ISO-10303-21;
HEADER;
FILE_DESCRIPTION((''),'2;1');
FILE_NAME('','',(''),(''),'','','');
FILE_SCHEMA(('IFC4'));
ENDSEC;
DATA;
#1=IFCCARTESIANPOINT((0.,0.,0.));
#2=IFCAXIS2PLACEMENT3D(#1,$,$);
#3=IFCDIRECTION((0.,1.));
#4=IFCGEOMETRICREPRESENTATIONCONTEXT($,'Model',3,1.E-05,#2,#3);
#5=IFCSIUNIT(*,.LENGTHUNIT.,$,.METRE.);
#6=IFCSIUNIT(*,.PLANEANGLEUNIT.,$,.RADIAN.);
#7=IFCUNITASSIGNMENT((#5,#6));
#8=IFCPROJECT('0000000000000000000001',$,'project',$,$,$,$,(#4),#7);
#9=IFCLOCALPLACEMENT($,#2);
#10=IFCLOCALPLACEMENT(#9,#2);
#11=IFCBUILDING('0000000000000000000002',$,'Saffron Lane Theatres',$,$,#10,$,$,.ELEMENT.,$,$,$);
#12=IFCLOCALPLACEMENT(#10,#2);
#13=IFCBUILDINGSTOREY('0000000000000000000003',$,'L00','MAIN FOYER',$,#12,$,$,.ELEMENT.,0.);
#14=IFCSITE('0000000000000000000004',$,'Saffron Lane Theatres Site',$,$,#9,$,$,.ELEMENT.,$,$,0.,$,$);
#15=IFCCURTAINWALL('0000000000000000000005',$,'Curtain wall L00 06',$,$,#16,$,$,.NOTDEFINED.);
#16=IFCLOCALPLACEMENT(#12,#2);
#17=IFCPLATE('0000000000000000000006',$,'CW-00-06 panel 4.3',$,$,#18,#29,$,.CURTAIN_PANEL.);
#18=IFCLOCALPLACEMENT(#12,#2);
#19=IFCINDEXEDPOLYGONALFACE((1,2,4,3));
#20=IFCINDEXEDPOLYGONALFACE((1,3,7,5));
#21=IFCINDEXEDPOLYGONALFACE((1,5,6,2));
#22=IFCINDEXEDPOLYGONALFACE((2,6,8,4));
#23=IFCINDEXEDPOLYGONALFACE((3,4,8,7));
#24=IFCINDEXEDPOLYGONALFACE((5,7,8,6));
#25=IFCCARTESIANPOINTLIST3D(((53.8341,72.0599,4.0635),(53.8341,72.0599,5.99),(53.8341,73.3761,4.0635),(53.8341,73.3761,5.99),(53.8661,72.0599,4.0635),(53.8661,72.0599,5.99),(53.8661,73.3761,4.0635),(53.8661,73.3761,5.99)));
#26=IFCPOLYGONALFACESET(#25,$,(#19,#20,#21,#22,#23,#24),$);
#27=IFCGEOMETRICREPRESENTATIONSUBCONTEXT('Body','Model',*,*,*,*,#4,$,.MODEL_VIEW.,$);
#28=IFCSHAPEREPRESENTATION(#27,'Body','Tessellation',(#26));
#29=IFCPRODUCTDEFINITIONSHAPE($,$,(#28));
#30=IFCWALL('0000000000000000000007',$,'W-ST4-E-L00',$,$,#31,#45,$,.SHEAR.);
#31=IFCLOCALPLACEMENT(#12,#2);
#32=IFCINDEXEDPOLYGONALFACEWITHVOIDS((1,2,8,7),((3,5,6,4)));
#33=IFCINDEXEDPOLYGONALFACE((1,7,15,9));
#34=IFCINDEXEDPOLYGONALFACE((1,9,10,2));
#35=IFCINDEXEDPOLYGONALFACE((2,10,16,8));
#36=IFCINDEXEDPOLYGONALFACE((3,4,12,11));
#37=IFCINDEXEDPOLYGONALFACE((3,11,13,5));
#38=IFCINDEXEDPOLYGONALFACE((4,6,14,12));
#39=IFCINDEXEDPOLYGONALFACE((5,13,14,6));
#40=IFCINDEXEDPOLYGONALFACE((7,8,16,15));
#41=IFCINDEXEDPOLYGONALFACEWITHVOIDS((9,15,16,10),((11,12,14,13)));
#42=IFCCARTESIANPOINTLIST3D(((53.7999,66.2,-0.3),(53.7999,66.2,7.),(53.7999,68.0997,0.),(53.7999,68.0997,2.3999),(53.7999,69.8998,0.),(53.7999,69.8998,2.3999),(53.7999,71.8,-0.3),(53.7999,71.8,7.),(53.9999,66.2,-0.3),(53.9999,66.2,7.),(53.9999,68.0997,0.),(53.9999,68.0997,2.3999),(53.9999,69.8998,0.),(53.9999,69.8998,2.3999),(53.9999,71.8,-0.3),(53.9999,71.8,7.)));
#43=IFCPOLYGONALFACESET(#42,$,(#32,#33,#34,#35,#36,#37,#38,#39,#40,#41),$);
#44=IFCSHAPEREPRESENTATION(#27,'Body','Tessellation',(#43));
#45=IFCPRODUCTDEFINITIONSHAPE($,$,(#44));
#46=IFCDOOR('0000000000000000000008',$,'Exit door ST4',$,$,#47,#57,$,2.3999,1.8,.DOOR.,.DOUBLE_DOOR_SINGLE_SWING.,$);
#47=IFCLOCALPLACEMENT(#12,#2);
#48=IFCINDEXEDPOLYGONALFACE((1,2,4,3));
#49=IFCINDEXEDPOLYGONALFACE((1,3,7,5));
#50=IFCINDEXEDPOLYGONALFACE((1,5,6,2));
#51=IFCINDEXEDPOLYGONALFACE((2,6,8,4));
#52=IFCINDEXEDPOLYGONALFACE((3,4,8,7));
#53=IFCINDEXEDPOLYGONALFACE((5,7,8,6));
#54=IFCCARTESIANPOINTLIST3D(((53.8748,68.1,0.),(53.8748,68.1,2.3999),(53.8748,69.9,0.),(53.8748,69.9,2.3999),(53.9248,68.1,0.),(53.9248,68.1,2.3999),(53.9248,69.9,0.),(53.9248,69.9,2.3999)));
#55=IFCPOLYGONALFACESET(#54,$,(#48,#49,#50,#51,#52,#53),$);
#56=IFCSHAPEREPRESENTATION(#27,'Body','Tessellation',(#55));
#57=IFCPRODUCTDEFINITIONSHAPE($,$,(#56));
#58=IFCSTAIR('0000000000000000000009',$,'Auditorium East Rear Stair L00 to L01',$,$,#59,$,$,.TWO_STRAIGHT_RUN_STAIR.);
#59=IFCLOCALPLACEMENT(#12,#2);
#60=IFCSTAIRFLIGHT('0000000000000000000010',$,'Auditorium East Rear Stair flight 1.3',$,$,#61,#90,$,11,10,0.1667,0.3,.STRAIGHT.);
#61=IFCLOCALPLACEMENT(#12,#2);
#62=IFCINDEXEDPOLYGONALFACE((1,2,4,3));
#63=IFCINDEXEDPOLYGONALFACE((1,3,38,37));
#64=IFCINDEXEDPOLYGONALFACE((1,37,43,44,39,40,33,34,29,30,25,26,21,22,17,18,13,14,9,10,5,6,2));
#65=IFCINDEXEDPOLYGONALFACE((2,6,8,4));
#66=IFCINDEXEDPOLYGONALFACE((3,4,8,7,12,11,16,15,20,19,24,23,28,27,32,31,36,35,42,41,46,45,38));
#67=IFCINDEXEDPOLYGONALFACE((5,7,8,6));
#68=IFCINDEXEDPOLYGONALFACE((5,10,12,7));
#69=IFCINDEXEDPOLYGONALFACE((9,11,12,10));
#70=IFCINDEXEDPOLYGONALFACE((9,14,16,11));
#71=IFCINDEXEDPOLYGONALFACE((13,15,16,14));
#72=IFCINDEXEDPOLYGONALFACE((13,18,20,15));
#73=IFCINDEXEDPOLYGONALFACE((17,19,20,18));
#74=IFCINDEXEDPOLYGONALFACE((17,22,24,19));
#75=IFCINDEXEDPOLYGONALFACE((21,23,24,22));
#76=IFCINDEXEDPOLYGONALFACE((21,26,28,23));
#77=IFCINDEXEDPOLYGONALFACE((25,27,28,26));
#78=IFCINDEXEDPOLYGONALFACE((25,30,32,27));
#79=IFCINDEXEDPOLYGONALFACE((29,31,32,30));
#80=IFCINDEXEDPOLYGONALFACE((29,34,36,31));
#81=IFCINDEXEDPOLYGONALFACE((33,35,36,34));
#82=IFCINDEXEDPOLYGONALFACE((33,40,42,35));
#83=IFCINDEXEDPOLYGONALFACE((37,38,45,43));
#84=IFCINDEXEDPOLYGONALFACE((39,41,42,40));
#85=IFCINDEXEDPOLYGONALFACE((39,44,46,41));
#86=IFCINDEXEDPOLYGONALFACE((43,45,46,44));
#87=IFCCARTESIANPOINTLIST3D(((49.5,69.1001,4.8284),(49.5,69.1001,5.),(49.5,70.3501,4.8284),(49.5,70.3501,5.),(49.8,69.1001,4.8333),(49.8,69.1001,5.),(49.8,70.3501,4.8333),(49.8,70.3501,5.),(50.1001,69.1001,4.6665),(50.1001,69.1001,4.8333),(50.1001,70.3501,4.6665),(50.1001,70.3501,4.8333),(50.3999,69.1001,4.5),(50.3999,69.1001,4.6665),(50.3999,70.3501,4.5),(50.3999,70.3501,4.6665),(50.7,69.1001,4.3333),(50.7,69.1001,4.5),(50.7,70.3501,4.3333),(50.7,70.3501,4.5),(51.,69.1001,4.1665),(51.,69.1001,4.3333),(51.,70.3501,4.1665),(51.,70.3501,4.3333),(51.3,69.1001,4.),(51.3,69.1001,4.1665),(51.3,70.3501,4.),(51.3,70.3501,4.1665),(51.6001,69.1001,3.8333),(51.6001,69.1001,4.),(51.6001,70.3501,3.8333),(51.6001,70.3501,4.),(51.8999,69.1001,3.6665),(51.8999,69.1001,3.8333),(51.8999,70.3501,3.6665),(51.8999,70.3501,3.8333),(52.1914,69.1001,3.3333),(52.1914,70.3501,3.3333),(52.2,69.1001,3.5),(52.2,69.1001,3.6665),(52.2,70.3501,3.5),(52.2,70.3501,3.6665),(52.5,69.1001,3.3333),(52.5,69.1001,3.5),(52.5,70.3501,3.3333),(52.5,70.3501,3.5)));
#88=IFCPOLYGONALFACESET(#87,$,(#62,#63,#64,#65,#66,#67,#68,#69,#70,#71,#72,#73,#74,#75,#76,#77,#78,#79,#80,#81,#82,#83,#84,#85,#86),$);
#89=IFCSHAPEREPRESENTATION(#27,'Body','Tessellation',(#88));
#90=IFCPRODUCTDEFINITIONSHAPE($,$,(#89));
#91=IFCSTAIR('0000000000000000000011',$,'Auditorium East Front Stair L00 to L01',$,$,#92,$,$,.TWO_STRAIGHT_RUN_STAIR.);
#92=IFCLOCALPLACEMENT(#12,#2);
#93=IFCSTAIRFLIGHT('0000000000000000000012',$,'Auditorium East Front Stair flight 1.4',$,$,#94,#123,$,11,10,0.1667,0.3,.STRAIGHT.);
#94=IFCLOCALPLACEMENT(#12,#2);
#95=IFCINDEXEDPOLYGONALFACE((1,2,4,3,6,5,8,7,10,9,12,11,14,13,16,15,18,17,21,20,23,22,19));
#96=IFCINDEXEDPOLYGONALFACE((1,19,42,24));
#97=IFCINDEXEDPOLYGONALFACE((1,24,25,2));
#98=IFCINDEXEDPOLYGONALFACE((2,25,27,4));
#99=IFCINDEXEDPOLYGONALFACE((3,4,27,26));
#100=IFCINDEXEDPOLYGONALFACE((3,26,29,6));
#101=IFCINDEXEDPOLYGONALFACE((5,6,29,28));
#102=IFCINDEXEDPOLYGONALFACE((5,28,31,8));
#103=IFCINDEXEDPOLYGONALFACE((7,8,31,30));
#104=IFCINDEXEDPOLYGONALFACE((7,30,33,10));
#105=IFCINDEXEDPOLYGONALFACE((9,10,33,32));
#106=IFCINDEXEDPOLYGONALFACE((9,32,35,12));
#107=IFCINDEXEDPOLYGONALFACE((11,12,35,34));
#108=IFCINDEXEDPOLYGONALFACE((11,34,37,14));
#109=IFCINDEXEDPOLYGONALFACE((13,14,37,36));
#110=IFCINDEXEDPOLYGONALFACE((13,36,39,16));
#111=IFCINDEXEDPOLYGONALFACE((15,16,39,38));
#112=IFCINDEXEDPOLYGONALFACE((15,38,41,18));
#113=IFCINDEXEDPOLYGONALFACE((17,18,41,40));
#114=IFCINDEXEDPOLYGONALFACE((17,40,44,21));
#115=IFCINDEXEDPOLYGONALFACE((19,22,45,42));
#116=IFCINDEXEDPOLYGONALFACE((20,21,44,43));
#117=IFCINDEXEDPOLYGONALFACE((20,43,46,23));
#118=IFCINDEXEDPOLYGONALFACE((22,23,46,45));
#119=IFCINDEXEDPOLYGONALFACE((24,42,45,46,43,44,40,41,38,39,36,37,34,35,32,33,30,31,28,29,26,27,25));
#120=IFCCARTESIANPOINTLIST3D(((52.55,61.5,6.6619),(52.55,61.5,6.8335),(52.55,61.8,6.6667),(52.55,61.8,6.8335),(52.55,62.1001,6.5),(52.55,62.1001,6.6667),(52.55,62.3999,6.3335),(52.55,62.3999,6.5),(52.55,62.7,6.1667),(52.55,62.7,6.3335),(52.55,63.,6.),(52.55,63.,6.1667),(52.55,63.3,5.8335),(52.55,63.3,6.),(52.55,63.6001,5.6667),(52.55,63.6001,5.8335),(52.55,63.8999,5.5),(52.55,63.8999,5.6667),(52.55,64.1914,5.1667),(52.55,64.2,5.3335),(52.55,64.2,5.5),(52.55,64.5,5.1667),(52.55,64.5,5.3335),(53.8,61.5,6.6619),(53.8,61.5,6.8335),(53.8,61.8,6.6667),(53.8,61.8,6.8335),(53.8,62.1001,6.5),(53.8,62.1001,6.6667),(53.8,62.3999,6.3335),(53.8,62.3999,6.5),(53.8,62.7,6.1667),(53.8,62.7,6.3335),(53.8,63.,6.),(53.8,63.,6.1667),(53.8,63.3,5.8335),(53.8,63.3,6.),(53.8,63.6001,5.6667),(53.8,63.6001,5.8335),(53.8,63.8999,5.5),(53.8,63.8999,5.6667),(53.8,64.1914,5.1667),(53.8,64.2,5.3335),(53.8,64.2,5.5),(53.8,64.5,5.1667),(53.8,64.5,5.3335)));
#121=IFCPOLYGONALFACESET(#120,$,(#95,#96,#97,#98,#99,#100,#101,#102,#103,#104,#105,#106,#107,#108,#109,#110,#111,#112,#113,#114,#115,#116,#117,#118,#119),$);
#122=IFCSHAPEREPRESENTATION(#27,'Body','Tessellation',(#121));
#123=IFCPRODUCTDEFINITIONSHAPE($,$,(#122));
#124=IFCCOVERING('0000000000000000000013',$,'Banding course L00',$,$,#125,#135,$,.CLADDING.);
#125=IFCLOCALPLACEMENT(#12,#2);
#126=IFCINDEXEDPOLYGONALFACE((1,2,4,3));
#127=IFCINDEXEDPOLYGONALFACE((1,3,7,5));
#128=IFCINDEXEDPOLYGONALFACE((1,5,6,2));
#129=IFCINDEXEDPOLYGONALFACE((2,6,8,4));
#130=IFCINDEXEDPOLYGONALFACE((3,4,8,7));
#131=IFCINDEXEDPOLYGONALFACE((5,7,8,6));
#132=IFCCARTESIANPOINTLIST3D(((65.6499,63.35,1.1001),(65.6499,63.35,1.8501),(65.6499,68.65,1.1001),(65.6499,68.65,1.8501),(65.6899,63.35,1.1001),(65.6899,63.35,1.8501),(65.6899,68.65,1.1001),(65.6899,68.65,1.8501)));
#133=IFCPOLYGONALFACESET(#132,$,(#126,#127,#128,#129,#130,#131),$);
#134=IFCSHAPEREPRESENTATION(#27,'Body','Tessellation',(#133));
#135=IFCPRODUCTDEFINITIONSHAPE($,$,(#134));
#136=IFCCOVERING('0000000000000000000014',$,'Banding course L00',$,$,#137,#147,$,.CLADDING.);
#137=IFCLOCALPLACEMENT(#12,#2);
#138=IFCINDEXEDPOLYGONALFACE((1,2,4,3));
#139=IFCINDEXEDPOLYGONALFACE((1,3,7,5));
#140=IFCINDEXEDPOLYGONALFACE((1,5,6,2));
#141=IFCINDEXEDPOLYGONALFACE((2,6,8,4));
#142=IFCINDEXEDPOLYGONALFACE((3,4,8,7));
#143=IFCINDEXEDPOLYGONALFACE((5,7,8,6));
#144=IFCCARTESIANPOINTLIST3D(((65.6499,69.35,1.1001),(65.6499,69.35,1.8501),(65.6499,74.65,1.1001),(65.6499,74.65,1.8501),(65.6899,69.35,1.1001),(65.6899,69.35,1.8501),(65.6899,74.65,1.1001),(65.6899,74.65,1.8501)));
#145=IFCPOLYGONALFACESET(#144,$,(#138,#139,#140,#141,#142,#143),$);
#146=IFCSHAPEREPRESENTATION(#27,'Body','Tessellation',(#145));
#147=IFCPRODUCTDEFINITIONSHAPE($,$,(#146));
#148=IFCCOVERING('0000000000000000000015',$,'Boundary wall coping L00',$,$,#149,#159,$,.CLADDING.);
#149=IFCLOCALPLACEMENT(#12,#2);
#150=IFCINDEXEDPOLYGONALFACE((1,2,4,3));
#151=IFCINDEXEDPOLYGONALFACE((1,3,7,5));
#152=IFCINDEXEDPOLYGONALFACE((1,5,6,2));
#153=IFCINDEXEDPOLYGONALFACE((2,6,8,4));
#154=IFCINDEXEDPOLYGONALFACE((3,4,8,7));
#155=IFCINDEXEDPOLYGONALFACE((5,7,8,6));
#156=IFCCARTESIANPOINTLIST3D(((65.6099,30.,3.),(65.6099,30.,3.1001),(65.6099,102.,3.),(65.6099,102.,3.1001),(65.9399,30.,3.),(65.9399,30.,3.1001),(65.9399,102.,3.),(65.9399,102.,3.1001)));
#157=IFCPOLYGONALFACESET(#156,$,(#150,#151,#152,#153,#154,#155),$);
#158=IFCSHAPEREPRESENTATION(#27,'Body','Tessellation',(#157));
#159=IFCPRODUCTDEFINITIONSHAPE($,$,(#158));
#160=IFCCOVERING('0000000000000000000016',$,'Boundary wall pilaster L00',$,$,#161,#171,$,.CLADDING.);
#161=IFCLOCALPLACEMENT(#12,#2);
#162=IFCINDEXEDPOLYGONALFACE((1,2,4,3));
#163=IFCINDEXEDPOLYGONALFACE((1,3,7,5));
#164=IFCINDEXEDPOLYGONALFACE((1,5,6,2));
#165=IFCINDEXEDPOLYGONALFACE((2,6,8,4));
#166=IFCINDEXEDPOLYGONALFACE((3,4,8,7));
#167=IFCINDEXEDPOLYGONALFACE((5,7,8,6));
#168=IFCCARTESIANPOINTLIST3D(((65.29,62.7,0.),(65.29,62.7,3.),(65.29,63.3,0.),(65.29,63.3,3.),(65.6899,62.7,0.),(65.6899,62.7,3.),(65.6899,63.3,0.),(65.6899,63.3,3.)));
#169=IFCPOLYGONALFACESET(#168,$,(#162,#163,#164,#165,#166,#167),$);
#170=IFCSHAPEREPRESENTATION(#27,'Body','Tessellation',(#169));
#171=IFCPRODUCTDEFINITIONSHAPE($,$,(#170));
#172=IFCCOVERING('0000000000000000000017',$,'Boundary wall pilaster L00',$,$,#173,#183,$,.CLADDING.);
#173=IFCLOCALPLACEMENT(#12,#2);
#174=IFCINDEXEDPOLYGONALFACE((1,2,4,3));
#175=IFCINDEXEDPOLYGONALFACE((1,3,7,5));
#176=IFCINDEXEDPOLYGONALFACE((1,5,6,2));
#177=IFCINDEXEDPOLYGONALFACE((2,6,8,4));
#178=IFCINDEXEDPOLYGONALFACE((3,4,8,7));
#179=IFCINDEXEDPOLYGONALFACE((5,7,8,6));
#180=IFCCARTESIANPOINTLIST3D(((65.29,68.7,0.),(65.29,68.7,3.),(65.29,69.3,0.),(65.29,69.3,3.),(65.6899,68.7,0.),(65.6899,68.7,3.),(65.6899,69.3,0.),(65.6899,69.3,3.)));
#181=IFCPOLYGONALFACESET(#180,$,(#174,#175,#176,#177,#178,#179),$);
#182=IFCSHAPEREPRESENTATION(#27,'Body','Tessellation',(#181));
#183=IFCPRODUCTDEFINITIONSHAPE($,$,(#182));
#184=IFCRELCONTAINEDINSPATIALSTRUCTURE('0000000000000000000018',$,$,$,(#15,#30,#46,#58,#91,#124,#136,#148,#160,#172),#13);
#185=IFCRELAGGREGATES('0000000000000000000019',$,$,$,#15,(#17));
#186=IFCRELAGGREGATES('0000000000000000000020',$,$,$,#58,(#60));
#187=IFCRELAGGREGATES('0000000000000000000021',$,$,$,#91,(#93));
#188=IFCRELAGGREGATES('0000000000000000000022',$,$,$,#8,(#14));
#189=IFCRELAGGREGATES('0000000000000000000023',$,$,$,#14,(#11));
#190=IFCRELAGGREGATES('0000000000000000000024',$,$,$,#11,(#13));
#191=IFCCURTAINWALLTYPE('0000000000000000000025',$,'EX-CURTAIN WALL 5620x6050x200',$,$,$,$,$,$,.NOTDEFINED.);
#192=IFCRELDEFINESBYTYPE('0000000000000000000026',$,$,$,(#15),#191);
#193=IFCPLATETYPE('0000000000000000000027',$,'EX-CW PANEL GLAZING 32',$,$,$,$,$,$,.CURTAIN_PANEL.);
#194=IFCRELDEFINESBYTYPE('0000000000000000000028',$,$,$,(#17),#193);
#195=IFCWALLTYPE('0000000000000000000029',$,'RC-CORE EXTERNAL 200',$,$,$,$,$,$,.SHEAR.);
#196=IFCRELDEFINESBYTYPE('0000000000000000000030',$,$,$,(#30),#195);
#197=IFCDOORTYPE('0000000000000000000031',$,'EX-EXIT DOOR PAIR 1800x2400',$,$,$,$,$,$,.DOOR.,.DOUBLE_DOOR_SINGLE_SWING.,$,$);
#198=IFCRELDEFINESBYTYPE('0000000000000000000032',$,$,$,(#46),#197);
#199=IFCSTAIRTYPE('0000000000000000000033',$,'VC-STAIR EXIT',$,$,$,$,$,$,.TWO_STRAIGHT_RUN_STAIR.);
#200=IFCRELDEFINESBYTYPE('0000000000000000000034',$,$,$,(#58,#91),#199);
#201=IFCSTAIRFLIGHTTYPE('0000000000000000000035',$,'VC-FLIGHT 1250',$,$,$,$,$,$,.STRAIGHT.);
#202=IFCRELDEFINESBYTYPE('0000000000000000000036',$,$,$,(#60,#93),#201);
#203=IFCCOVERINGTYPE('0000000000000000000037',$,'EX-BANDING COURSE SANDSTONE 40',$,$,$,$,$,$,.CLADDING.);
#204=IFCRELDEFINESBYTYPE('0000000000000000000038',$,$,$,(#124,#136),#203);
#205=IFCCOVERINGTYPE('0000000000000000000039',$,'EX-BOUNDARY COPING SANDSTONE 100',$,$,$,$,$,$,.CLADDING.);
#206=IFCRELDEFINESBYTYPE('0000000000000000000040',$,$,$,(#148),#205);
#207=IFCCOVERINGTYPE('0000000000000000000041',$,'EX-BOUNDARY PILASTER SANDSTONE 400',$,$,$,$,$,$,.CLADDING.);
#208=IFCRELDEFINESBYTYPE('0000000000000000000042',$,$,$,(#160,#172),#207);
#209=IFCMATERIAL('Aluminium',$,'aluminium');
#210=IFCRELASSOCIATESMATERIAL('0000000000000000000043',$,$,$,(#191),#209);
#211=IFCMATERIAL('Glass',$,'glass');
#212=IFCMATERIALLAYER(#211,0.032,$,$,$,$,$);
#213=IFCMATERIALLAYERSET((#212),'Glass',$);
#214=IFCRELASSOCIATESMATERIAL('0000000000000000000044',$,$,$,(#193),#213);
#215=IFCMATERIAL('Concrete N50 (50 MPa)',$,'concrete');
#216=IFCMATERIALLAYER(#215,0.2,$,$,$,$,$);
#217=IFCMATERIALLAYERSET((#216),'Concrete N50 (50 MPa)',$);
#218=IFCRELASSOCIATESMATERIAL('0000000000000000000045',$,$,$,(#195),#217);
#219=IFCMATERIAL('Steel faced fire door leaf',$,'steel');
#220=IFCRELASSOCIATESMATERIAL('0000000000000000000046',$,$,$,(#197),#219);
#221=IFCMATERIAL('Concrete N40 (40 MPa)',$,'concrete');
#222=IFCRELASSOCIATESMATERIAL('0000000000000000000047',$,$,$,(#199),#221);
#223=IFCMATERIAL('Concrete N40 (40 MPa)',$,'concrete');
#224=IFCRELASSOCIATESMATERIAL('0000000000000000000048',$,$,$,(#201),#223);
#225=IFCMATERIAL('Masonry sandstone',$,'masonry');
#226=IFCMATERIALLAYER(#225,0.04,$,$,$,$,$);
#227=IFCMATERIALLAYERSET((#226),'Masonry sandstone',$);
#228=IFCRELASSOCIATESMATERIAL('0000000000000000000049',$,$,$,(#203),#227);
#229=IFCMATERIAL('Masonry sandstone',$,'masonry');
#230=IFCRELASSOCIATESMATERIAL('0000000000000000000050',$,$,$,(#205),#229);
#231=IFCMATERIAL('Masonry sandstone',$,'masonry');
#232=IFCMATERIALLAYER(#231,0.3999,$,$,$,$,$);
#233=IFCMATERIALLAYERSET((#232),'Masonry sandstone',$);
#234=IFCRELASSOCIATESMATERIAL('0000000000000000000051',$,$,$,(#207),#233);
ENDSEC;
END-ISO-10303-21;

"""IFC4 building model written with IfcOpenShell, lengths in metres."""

from ifc_helpers import new_model, si_unit, direction, frame, frame_2d, origin, origin_2d, place, context, subcontext, project, spatial, polyline, rectangle, outline, extrude, material, layer, layer_set, type_object, element, fill, aggregate, save


model = new_model("IFC4")

# Units and contexts
model_context = context("Model", 3, precision=1e-05, world=origin(), true_north=direction((0.0, 1.0)))
body_context = subcontext(model_context, "Body", "Model", "MODEL_VIEW")
ifc_project = project(units=[si_unit("LENGTHUNIT", "METRE"), si_unit("PLANEANGLEUNIT", "RADIAN")], contexts=[model_context])

# Site, building, storey
site_placement = place(None, origin())
site = spatial("IfcSite", under=ifc_project, at=site_placement, Name="Saffron Lane Theatres Site", CompositionType="ELEMENT", RefElevation=0.0)
building_placement = place(site_placement, origin())
building = spatial("IfcBuilding", under=site, at=building_placement, Name="Saffron Lane Theatres", CompositionType="ELEMENT")
storey_placement = place(building_placement, origin())
storey = spatial("IfcBuildingStorey", under=building, at=storey_placement, Name="L00", Description="MAIN FOYER", CompositionType="ELEMENT", Elevation=0.0)

# Curtain wall, plate
ifc_material_1 = material(Name="Aluminium", Category="aluminium")
curtain_wall_type = type_object("IfcCurtainWallType", Name="EX-CURTAIN WALL 5620x6050x200", PredefinedType="NOTDEFINED", material=ifc_material_1)
curtain_wall_placement = place(storey_placement, origin())
curtain_wall = element("IfcCurtainWall", 1, at=curtain_wall_placement, inside=storey, type_object=curtain_wall_type, Name="Curtain wall L00 06", PredefinedType="NOTDEFINED")
ifc_material_2 = material(Name="Glass", Category="glass")
ifc_layer_1 = layer(ifc_material_2, 0.032)
ifc_layer_set_1 = layer_set([ifc_layer_1], Name="Glass")
plate_type = type_object("IfcPlateType", Name="EX-CW PANEL GLAZING 32", PredefinedType="CURTAIN_PANEL", material=ifc_layer_set_1)
plate_1_placement = place(storey_placement, frame((53.8501, 72.718, 4.0635), z_axis=(0.0, 0.0, 1.0), x_axis=(0.0, -1.0, 0.0)))
plate_1 = element("IfcPlate", 2, at=plate_1_placement, type_object=plate_type, Name="CW-00-06 panel 4.3", PredefinedType="CURTAIN_PANEL", context=body_context, shape_type="SweptSolid", body=[
    extrude(rectangle(XDim=1.3162, YDim=0.032, at=origin_2d()), origin(), (0.0, 0.0, 1.0), 1.9265),
])
aggregate(curtain_wall, [plate_1])

# Wall, opening, door
ifc_material_3 = material(Name="Concrete N50 (50 MPa)", Category="concrete")
ifc_layer_2 = layer(ifc_material_3, 0.2)
ifc_layer_set_2 = layer_set([ifc_layer_2], Name="Concrete N50 (50 MPa)")
wall_type = type_object("IfcWallType", Name="RC-CORE EXTERNAL 200", PredefinedType="SHEAR", material=ifc_layer_set_2)
wall_placement = place(storey_placement, frame((53.8999, 66.2, -0.3), z_axis=(0.0, 0.0, 1.0), x_axis=(0.0, 1.0, 0.0)))
wall = element("IfcWall", 3, at=wall_placement, inside=storey, type_object=wall_type, Name="W-ST4-E-L00", PredefinedType="SHEAR", context=body_context, shape_type="SweptSolid", body=[
    extrude(rectangle(XDim=5.6001, YDim=0.2, at=frame_2d((2.8, 0.0))), origin(), (0.0, 0.0, 1.0), 7.3),
])
opening_placement = place(wall_placement, frame((1.8999, 0.0, 0.3)))
opening = element("IfcOpeningElement", 4, at=opening_placement, cuts=wall, PredefinedType="OPENING", context=body_context, shape_type="SweptSolid", body=[
    extrude(rectangle(XDim=1.8, YDim=2.3999, at=frame_2d((0.8999, 1.2))), frame((0.0, 0.1099, 0.0), z_axis=(0.0, -1.0, 0.0), x_axis=(1.0, 0.0, 0.0)), (0.0, 0.0, 1.0), 0.22),
])
ifc_material_4 = material(Name="Steel faced fire door leaf", Category="steel")
door_type = type_object("IfcDoorType", Name="EX-EXIT DOOR PAIR 1800x2400", OperationType="DOUBLE_DOOR_SINGLE_SWING", PredefinedType="DOOR", material=ifc_material_4)
door_placement = place(opening_placement, frame((1.8, 0.0, 0.0), z_axis=(0.0, 0.0, 1.0), x_axis=(-1.0, 0.0, 0.0)))
door = element("IfcDoor", 5, at=door_placement, inside=storey, type_object=door_type, Name="Exit door ST4", OperationType="DOUBLE_DOOR_SINGLE_SWING", OverallHeight=2.3999, OverallWidth=1.8, PredefinedType="DOOR", context=body_context, shape_type="SweptSolid", body=[
    extrude(rectangle(XDim=1.8, YDim=2.3999, at=frame_2d((0.8999, 1.2))), frame((0.0, 0.0249, 0.0), z_axis=(0.0, -1.0, 0.0), x_axis=(1.0, 0.0, 0.0)), (0.0, 0.0, 1.0), 0.05),
])
fill(opening, door)

# Stairs, stair flights
ifc_material_5 = material(Name="Concrete N40 (40 MPa)", Category="concrete")
stair_type = type_object("IfcStairType", Name="VC-STAIR EXIT", PredefinedType="TWO_STRAIGHT_RUN_STAIR", material=ifc_material_5)
stair_1_placement = place(storey_placement, origin())
stair_1 = element("IfcStair", 6, at=stair_1_placement, inside=storey, type_object=stair_type, Name="Auditorium East Rear Stair L00 to L01", PredefinedType="TWO_STRAIGHT_RUN_STAIR")
ifc_material_6 = material(Name="Concrete N40 (40 MPa)", Category="concrete")
stair_flight_type = type_object("IfcStairFlightType", Name="VC-FLIGHT 1250", PredefinedType="STRAIGHT", material=ifc_material_6)
stair_flight_1_placement = place(storey_placement, frame((52.5, 69.7251, 3.3333), z_axis=(0.0, 0.0, 1.0), x_axis=(-1.0, 0.0, 0.0)))
stair_flight_1 = element("IfcStairFlight", 7, at=stair_flight_1_placement, type_object=stair_flight_type, Name="Auditorium East Rear Stair flight 1.3", NumberOfRisers=11, NumberOfTreads=10, PredefinedType="STRAIGHT", RiserHeight=0.1667, TreadLength=0.3, context=body_context, shape_type="SweptSolid", body=[
    extrude(outline(polyline([(0.0, 0.0), (0.0, 0.1667), (0.3, 0.1667), (0.3, 0.3333), (0.6001, 0.3333), (0.6001, 0.5), (0.8999, 0.5), (0.8999, 0.6667), (1.2, 0.6667), (1.2, 0.8333), (1.5, 0.8333), (1.5, 1.0), (1.8, 1.0), (1.8, 1.1667), (2.1001, 1.1667), (2.1001, 1.3333), (2.3999, 1.3333), (2.3999, 1.5), (2.7, 1.5), (2.7, 1.6667), (3.0, 1.6667), (3.0, 1.8333), (3.0, 1.4951), (0.3086, 0.0), (0.0, 0.0)])), frame((0.0, 0.625, 0.0), z_axis=(0.0, -1.0, 0.0), x_axis=(1.0, 0.0, 0.0)), (0.0, 0.0, 1.0), 1.25),
])
aggregate(stair_1, [stair_flight_1])
stair_2_placement = place(storey_placement, origin())
stair_2 = element("IfcStair", 8, at=stair_2_placement, inside=storey, type_object=stair_type, Name="Auditorium East Front Stair L00 to L01", PredefinedType="TWO_STRAIGHT_RUN_STAIR")
stair_flight_2_placement = place(storey_placement, frame((53.175, 64.5, 5.1667), z_axis=(0.0, 0.0, 1.0), x_axis=(0.0, -1.0, 0.0)))
stair_flight_2 = element("IfcStairFlight", 9, at=stair_flight_2_placement, type_object=stair_flight_type, Name="Auditorium East Front Stair flight 1.4", NumberOfRisers=11, NumberOfTreads=10, PredefinedType="STRAIGHT", RiserHeight=0.1667, TreadLength=0.3, context=body_context, shape_type="SweptSolid", body=[
    extrude(outline(polyline([(0.0, 0.0), (0.0, 0.1667), (0.3, 0.1667), (0.3, 0.3333), (0.6001, 0.3333), (0.6001, 0.5), (0.8999, 0.5), (0.8999, 0.6667), (1.2, 0.6667), (1.2, 0.8333), (1.5, 0.8333), (1.5, 1.0), (1.8, 1.0), (1.8, 1.1667), (2.1001, 1.1667), (2.1001, 1.3333), (2.3999, 1.3333), (2.3999, 1.5), (2.7, 1.5), (2.7, 1.6667), (3.0, 1.6667), (3.0, 1.8333), (3.0, 1.4951), (0.3086, 0.0), (0.0, 0.0)])), frame((0.0, 0.625, 0.0), z_axis=(0.0, -1.0, 0.0), x_axis=(1.0, 0.0, 0.0)), (0.0, 0.0, 1.0), 1.25),
])
aggregate(stair_2, [stair_flight_2])

# Coverings
ifc_material_7 = material(Name="Masonry sandstone", Category="masonry")
ifc_layer_3 = layer(ifc_material_7, 0.04)
ifc_layer_set_3 = layer_set([ifc_layer_3], Name="Masonry sandstone")
covering_type_1 = type_object("IfcCoveringType", Name="EX-BANDING COURSE SANDSTONE 40", PredefinedType="CLADDING", material=ifc_layer_set_3)
for number, where, z_axis, x_axis, name in (
    (10, (65.6699, 66.0, 1.1001), (0.0, 0.0, 1.0), (0.0, 1.0, 0.0), "Banding course L00"),
    (11, (65.6699, 72.0, 1.1001), (0.0, 0.0, 1.0), (0.0, 1.0, 0.0), "Banding course L00"),
):
    element("IfcCovering", number, at=place(storey_placement, frame(where, z_axis=z_axis, x_axis=x_axis)), inside=storey, type_object=covering_type_1, Name=name, PredefinedType="CLADDING", context=body_context, shape_type="SweptSolid", body=[
        extrude(rectangle(XDim=5.3, YDim=0.04, at=origin_2d()), origin(), (0.0, 0.0, 1.0), 0.75),
    ])
ifc_material_8 = material(Name="Masonry sandstone", Category="masonry")
covering_type_2 = type_object("IfcCoveringType", Name="EX-BOUNDARY COPING SANDSTONE 100", PredefinedType="CLADDING", material=ifc_material_8)
covering_1_placement = place(storey_placement, frame((65.7749, 66.0, 3.0), z_axis=(0.0, 0.0, 1.0), x_axis=(0.0, 1.0, 0.0)))
element("IfcCovering", 12, at=covering_1_placement, inside=storey, type_object=covering_type_2, Name="Boundary wall coping L00", PredefinedType="CLADDING", context=body_context, shape_type="SweptSolid", body=[
    extrude(rectangle(XDim=72.0, YDim=0.3301, at=origin_2d()), origin(), (0.0, 0.0, 1.0), 0.1001),
])
ifc_material_9 = material(Name="Masonry sandstone", Category="masonry")
ifc_layer_4 = layer(ifc_material_9, 0.3999)
ifc_layer_set_4 = layer_set([ifc_layer_4], Name="Masonry sandstone")
covering_type_3 = type_object("IfcCoveringType", Name="EX-BOUNDARY PILASTER SANDSTONE 400", PredefinedType="CLADDING", material=ifc_layer_set_4)
for number, where, z_axis, x_axis, name in (
    (13, (65.49, 63.0, 0.0), (0.0, 0.0, 1.0), (0.0, 1.0, 0.0), "Boundary wall pilaster L00"),
    (14, (65.49, 69.0, 0.0), (0.0, 0.0, 1.0), (0.0, 1.0, 0.0), "Boundary wall pilaster L00"),
):
    element("IfcCovering", number, at=place(storey_placement, frame(where, z_axis=z_axis, x_axis=x_axis)), inside=storey, type_object=covering_type_3, Name=name, PredefinedType="CLADDING", context=body_context, shape_type="SweptSolid", body=[
        extrude(rectangle(XDim=0.6001, YDim=0.3999, at=origin_2d()), origin(), (0.0, 0.0, 1.0), 3.0),
    ])

save(model, "model.ifc")
